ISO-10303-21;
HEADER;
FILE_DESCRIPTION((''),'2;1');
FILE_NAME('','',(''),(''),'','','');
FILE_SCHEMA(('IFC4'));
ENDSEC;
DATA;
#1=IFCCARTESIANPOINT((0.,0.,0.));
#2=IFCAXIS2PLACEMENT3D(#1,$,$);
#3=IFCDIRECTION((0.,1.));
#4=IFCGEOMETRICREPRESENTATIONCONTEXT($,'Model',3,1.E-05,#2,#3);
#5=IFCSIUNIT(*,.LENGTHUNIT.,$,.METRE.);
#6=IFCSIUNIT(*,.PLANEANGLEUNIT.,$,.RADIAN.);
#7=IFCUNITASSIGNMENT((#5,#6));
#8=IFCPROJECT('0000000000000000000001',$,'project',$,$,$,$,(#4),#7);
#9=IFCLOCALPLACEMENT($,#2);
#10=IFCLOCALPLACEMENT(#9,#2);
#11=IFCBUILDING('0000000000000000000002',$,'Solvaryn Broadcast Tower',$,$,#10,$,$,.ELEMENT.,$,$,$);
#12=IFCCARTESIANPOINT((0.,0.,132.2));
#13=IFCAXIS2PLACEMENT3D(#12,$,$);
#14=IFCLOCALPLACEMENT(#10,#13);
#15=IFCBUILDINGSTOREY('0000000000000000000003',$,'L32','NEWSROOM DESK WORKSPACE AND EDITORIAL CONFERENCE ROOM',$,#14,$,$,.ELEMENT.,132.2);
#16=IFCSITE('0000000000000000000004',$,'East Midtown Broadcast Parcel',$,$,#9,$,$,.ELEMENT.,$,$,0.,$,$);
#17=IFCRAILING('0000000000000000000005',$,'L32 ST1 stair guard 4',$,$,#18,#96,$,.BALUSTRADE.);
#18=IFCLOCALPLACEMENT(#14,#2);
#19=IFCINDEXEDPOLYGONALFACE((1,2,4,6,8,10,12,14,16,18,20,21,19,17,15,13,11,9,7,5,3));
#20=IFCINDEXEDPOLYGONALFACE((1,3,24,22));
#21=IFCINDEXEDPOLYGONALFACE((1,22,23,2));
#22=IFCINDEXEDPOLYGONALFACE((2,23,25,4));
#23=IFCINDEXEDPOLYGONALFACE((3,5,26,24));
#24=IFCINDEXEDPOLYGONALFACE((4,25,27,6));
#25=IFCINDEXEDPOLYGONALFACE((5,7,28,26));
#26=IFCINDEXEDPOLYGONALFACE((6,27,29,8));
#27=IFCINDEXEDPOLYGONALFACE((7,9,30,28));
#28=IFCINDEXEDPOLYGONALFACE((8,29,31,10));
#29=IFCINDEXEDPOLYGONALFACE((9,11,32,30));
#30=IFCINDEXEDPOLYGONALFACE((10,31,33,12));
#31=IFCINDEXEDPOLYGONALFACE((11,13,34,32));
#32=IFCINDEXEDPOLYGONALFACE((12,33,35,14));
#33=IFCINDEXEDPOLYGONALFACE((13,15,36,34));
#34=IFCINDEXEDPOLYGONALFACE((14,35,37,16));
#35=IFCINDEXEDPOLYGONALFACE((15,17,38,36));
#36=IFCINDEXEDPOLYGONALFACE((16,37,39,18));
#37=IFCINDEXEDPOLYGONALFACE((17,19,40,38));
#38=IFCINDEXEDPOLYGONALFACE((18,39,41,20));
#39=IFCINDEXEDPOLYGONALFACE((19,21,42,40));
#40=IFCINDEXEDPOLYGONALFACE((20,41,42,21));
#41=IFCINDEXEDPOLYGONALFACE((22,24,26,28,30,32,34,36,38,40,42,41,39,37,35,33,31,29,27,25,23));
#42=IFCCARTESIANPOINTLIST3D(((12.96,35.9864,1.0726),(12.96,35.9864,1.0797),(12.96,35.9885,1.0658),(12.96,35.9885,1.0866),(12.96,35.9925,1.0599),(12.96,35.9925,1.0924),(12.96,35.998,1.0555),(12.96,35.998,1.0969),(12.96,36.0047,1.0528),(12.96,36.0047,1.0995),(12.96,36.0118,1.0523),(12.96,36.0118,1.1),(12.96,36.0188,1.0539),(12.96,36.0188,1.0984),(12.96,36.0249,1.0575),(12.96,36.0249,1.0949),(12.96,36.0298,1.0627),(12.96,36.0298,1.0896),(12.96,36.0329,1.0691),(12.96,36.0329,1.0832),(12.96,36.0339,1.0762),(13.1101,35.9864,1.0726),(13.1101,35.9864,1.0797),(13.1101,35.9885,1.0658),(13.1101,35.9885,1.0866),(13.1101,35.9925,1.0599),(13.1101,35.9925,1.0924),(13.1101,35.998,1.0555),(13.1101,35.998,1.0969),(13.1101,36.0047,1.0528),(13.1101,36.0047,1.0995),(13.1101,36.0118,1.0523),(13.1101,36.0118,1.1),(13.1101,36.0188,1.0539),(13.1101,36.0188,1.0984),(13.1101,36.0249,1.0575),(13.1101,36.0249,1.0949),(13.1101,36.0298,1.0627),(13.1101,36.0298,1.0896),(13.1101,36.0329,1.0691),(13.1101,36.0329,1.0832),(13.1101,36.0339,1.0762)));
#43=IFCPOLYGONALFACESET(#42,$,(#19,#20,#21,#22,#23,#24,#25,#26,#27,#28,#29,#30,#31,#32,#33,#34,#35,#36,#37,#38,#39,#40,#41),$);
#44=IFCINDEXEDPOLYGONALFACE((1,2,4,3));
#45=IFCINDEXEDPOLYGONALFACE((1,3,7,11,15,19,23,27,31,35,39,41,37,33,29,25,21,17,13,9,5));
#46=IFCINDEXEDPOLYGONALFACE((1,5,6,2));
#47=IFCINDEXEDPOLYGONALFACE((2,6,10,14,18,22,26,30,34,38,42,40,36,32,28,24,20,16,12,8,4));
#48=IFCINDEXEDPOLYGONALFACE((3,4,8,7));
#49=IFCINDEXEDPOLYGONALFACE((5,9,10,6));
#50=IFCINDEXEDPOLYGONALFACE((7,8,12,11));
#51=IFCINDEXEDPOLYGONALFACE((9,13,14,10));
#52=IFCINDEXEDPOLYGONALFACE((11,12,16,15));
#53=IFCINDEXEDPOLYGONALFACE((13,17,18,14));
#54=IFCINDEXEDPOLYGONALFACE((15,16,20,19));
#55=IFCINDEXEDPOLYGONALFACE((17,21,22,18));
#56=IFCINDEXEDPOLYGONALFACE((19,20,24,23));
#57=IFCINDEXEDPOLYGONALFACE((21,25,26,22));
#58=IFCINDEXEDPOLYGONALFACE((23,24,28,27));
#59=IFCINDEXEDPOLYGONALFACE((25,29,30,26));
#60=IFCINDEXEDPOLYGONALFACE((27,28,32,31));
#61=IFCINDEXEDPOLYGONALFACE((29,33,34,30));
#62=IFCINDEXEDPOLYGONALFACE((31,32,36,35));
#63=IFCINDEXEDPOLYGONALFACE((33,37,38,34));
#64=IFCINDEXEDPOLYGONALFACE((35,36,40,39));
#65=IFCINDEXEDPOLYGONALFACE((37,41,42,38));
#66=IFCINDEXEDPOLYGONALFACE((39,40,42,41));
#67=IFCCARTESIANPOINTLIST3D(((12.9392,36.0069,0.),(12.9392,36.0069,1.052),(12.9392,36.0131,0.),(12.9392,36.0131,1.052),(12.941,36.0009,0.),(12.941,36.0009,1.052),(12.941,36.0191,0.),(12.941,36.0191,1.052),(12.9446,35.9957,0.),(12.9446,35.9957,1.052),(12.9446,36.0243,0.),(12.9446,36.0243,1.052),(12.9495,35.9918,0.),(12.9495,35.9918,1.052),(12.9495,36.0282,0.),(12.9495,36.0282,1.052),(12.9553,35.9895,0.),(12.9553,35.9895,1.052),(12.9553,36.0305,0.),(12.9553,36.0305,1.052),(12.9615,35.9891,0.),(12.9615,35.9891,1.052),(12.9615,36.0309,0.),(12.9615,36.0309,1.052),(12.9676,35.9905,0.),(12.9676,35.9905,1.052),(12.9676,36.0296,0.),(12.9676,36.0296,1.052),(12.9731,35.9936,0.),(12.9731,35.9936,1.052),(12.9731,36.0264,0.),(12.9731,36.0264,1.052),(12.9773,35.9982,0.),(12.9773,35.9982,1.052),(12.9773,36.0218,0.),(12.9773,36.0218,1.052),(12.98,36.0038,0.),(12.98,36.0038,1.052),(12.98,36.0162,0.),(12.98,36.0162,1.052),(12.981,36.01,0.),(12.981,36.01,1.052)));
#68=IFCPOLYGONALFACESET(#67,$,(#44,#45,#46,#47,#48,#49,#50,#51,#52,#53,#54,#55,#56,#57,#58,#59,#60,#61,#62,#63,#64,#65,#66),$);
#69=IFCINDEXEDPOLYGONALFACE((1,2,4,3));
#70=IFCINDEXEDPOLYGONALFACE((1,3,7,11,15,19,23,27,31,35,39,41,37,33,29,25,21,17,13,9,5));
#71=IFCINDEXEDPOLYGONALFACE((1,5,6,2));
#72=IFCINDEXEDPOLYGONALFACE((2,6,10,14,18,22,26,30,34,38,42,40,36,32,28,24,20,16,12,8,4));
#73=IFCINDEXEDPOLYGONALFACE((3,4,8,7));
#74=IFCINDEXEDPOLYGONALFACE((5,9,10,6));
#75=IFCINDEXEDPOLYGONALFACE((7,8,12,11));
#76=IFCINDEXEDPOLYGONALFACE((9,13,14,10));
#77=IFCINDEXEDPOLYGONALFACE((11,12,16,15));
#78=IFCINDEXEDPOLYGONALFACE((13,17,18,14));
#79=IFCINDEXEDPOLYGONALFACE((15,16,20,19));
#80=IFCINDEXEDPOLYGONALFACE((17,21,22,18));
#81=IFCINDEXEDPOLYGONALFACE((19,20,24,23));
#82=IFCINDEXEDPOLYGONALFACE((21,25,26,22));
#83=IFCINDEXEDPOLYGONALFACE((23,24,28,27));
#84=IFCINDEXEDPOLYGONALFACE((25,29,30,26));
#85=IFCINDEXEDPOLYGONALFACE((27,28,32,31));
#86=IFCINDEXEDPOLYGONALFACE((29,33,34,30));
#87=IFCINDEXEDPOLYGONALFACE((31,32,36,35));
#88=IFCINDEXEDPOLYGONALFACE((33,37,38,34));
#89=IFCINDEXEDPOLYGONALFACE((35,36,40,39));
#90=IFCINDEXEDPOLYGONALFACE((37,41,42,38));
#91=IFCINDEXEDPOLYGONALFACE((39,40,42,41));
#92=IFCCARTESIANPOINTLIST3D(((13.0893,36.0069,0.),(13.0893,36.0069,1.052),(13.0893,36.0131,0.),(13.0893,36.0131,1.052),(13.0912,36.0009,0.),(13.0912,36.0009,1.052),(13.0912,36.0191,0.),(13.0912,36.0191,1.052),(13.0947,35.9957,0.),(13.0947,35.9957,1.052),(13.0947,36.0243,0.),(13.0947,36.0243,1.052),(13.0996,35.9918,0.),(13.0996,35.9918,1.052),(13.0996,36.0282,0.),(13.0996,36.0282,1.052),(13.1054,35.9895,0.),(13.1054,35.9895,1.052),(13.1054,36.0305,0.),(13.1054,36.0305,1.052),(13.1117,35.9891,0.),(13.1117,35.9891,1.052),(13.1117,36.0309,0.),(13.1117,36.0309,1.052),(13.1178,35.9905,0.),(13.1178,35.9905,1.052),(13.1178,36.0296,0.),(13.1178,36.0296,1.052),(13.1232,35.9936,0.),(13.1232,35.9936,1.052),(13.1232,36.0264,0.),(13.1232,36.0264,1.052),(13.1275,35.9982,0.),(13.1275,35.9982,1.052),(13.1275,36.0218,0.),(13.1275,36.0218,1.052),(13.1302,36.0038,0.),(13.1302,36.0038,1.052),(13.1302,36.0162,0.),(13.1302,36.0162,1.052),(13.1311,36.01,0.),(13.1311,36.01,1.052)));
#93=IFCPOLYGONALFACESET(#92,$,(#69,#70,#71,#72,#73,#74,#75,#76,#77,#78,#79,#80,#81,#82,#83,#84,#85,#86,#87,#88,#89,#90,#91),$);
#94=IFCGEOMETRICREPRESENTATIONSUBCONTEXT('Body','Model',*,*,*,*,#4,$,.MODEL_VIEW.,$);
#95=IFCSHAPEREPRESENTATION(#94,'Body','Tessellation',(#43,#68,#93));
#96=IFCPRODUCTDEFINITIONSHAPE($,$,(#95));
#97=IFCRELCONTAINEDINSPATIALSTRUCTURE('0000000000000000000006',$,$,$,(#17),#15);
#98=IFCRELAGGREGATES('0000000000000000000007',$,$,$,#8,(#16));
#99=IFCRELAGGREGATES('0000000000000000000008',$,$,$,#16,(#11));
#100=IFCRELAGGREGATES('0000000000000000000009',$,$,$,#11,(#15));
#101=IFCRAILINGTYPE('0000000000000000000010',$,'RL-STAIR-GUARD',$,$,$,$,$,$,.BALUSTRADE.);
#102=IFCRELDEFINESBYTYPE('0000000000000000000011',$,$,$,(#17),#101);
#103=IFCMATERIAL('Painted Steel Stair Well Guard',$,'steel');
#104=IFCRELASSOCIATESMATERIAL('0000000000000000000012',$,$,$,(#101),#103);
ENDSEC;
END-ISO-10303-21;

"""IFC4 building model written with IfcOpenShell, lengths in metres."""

from ifc_helpers import new_model, si_unit, direction, frame, origin, origin_2d, place, context, subcontext, project, spatial, circle, extrude, material, type_object, element, save


model = new_model("IFC4")

# Units and contexts
model_context = context("Model", 3, precision=1e-05, world=origin(), true_north=direction((0.0, 1.0)))
body_context = subcontext(model_context, "Body", "Model", "MODEL_VIEW")
ifc_project = project(units=[si_unit("LENGTHUNIT", "METRE"), si_unit("PLANEANGLEUNIT", "RADIAN")], contexts=[model_context])

# Site, building, storey
site_placement = place(None, origin())
site = spatial("IfcSite", under=ifc_project, at=site_placement, Name="East Midtown Broadcast Parcel", CompositionType="ELEMENT", RefElevation=0.0)
building_placement = place(site_placement, origin())
building = spatial("IfcBuilding", under=site, at=building_placement, Name="Solvaryn Broadcast Tower", CompositionType="ELEMENT")
storey_placement = place(building_placement, frame((0.0, 0.0, 132.2)))
storey = spatial("IfcBuildingStorey", under=building, at=storey_placement, Name="L32", Description="NEWSROOM DESK WORKSPACE AND EDITORIAL CONFERENCE ROOM", CompositionType="ELEMENT", Elevation=132.2)

# Railing
ifc_material_1 = material(Name="Painted Steel Stair Well Guard", Category="steel")
railing_type_1 = type_object("IfcRailingType", Name="RL-STAIR-GUARD", PredefinedType="BALUSTRADE", material=ifc_material_1)
railing_1_placement = place(storey_placement, frame((12.96, 36.01, 0.0)))
element("IfcRailing", 1, at=railing_1_placement, inside=storey, type_object=railing_type_1, Name="L32 ST1 stair guard 4", PredefinedType="BALUSTRADE", context=body_context, shape_type="SweptSolid", body=[
    extrude(circle(Radius=0.0239, at=origin_2d()), frame((0.0, 0.0, 1.0762), z_axis=(1.0, 0.0, 0.0), x_axis=(0.0, 1.0, 0.0)), (0.0, 0.0, 1.0), 0.1501),
    extrude(circle(Radius=0.021, at=origin_2d()), origin(), (0.0, 0.0, 1.0), 1.052),
    extrude(circle(Radius=0.021, at=origin_2d()), frame((0.1501, 0.0, 0.0)), (0.0, 0.0, 1.0), 1.052),
])

save(model, "model.ifc")
